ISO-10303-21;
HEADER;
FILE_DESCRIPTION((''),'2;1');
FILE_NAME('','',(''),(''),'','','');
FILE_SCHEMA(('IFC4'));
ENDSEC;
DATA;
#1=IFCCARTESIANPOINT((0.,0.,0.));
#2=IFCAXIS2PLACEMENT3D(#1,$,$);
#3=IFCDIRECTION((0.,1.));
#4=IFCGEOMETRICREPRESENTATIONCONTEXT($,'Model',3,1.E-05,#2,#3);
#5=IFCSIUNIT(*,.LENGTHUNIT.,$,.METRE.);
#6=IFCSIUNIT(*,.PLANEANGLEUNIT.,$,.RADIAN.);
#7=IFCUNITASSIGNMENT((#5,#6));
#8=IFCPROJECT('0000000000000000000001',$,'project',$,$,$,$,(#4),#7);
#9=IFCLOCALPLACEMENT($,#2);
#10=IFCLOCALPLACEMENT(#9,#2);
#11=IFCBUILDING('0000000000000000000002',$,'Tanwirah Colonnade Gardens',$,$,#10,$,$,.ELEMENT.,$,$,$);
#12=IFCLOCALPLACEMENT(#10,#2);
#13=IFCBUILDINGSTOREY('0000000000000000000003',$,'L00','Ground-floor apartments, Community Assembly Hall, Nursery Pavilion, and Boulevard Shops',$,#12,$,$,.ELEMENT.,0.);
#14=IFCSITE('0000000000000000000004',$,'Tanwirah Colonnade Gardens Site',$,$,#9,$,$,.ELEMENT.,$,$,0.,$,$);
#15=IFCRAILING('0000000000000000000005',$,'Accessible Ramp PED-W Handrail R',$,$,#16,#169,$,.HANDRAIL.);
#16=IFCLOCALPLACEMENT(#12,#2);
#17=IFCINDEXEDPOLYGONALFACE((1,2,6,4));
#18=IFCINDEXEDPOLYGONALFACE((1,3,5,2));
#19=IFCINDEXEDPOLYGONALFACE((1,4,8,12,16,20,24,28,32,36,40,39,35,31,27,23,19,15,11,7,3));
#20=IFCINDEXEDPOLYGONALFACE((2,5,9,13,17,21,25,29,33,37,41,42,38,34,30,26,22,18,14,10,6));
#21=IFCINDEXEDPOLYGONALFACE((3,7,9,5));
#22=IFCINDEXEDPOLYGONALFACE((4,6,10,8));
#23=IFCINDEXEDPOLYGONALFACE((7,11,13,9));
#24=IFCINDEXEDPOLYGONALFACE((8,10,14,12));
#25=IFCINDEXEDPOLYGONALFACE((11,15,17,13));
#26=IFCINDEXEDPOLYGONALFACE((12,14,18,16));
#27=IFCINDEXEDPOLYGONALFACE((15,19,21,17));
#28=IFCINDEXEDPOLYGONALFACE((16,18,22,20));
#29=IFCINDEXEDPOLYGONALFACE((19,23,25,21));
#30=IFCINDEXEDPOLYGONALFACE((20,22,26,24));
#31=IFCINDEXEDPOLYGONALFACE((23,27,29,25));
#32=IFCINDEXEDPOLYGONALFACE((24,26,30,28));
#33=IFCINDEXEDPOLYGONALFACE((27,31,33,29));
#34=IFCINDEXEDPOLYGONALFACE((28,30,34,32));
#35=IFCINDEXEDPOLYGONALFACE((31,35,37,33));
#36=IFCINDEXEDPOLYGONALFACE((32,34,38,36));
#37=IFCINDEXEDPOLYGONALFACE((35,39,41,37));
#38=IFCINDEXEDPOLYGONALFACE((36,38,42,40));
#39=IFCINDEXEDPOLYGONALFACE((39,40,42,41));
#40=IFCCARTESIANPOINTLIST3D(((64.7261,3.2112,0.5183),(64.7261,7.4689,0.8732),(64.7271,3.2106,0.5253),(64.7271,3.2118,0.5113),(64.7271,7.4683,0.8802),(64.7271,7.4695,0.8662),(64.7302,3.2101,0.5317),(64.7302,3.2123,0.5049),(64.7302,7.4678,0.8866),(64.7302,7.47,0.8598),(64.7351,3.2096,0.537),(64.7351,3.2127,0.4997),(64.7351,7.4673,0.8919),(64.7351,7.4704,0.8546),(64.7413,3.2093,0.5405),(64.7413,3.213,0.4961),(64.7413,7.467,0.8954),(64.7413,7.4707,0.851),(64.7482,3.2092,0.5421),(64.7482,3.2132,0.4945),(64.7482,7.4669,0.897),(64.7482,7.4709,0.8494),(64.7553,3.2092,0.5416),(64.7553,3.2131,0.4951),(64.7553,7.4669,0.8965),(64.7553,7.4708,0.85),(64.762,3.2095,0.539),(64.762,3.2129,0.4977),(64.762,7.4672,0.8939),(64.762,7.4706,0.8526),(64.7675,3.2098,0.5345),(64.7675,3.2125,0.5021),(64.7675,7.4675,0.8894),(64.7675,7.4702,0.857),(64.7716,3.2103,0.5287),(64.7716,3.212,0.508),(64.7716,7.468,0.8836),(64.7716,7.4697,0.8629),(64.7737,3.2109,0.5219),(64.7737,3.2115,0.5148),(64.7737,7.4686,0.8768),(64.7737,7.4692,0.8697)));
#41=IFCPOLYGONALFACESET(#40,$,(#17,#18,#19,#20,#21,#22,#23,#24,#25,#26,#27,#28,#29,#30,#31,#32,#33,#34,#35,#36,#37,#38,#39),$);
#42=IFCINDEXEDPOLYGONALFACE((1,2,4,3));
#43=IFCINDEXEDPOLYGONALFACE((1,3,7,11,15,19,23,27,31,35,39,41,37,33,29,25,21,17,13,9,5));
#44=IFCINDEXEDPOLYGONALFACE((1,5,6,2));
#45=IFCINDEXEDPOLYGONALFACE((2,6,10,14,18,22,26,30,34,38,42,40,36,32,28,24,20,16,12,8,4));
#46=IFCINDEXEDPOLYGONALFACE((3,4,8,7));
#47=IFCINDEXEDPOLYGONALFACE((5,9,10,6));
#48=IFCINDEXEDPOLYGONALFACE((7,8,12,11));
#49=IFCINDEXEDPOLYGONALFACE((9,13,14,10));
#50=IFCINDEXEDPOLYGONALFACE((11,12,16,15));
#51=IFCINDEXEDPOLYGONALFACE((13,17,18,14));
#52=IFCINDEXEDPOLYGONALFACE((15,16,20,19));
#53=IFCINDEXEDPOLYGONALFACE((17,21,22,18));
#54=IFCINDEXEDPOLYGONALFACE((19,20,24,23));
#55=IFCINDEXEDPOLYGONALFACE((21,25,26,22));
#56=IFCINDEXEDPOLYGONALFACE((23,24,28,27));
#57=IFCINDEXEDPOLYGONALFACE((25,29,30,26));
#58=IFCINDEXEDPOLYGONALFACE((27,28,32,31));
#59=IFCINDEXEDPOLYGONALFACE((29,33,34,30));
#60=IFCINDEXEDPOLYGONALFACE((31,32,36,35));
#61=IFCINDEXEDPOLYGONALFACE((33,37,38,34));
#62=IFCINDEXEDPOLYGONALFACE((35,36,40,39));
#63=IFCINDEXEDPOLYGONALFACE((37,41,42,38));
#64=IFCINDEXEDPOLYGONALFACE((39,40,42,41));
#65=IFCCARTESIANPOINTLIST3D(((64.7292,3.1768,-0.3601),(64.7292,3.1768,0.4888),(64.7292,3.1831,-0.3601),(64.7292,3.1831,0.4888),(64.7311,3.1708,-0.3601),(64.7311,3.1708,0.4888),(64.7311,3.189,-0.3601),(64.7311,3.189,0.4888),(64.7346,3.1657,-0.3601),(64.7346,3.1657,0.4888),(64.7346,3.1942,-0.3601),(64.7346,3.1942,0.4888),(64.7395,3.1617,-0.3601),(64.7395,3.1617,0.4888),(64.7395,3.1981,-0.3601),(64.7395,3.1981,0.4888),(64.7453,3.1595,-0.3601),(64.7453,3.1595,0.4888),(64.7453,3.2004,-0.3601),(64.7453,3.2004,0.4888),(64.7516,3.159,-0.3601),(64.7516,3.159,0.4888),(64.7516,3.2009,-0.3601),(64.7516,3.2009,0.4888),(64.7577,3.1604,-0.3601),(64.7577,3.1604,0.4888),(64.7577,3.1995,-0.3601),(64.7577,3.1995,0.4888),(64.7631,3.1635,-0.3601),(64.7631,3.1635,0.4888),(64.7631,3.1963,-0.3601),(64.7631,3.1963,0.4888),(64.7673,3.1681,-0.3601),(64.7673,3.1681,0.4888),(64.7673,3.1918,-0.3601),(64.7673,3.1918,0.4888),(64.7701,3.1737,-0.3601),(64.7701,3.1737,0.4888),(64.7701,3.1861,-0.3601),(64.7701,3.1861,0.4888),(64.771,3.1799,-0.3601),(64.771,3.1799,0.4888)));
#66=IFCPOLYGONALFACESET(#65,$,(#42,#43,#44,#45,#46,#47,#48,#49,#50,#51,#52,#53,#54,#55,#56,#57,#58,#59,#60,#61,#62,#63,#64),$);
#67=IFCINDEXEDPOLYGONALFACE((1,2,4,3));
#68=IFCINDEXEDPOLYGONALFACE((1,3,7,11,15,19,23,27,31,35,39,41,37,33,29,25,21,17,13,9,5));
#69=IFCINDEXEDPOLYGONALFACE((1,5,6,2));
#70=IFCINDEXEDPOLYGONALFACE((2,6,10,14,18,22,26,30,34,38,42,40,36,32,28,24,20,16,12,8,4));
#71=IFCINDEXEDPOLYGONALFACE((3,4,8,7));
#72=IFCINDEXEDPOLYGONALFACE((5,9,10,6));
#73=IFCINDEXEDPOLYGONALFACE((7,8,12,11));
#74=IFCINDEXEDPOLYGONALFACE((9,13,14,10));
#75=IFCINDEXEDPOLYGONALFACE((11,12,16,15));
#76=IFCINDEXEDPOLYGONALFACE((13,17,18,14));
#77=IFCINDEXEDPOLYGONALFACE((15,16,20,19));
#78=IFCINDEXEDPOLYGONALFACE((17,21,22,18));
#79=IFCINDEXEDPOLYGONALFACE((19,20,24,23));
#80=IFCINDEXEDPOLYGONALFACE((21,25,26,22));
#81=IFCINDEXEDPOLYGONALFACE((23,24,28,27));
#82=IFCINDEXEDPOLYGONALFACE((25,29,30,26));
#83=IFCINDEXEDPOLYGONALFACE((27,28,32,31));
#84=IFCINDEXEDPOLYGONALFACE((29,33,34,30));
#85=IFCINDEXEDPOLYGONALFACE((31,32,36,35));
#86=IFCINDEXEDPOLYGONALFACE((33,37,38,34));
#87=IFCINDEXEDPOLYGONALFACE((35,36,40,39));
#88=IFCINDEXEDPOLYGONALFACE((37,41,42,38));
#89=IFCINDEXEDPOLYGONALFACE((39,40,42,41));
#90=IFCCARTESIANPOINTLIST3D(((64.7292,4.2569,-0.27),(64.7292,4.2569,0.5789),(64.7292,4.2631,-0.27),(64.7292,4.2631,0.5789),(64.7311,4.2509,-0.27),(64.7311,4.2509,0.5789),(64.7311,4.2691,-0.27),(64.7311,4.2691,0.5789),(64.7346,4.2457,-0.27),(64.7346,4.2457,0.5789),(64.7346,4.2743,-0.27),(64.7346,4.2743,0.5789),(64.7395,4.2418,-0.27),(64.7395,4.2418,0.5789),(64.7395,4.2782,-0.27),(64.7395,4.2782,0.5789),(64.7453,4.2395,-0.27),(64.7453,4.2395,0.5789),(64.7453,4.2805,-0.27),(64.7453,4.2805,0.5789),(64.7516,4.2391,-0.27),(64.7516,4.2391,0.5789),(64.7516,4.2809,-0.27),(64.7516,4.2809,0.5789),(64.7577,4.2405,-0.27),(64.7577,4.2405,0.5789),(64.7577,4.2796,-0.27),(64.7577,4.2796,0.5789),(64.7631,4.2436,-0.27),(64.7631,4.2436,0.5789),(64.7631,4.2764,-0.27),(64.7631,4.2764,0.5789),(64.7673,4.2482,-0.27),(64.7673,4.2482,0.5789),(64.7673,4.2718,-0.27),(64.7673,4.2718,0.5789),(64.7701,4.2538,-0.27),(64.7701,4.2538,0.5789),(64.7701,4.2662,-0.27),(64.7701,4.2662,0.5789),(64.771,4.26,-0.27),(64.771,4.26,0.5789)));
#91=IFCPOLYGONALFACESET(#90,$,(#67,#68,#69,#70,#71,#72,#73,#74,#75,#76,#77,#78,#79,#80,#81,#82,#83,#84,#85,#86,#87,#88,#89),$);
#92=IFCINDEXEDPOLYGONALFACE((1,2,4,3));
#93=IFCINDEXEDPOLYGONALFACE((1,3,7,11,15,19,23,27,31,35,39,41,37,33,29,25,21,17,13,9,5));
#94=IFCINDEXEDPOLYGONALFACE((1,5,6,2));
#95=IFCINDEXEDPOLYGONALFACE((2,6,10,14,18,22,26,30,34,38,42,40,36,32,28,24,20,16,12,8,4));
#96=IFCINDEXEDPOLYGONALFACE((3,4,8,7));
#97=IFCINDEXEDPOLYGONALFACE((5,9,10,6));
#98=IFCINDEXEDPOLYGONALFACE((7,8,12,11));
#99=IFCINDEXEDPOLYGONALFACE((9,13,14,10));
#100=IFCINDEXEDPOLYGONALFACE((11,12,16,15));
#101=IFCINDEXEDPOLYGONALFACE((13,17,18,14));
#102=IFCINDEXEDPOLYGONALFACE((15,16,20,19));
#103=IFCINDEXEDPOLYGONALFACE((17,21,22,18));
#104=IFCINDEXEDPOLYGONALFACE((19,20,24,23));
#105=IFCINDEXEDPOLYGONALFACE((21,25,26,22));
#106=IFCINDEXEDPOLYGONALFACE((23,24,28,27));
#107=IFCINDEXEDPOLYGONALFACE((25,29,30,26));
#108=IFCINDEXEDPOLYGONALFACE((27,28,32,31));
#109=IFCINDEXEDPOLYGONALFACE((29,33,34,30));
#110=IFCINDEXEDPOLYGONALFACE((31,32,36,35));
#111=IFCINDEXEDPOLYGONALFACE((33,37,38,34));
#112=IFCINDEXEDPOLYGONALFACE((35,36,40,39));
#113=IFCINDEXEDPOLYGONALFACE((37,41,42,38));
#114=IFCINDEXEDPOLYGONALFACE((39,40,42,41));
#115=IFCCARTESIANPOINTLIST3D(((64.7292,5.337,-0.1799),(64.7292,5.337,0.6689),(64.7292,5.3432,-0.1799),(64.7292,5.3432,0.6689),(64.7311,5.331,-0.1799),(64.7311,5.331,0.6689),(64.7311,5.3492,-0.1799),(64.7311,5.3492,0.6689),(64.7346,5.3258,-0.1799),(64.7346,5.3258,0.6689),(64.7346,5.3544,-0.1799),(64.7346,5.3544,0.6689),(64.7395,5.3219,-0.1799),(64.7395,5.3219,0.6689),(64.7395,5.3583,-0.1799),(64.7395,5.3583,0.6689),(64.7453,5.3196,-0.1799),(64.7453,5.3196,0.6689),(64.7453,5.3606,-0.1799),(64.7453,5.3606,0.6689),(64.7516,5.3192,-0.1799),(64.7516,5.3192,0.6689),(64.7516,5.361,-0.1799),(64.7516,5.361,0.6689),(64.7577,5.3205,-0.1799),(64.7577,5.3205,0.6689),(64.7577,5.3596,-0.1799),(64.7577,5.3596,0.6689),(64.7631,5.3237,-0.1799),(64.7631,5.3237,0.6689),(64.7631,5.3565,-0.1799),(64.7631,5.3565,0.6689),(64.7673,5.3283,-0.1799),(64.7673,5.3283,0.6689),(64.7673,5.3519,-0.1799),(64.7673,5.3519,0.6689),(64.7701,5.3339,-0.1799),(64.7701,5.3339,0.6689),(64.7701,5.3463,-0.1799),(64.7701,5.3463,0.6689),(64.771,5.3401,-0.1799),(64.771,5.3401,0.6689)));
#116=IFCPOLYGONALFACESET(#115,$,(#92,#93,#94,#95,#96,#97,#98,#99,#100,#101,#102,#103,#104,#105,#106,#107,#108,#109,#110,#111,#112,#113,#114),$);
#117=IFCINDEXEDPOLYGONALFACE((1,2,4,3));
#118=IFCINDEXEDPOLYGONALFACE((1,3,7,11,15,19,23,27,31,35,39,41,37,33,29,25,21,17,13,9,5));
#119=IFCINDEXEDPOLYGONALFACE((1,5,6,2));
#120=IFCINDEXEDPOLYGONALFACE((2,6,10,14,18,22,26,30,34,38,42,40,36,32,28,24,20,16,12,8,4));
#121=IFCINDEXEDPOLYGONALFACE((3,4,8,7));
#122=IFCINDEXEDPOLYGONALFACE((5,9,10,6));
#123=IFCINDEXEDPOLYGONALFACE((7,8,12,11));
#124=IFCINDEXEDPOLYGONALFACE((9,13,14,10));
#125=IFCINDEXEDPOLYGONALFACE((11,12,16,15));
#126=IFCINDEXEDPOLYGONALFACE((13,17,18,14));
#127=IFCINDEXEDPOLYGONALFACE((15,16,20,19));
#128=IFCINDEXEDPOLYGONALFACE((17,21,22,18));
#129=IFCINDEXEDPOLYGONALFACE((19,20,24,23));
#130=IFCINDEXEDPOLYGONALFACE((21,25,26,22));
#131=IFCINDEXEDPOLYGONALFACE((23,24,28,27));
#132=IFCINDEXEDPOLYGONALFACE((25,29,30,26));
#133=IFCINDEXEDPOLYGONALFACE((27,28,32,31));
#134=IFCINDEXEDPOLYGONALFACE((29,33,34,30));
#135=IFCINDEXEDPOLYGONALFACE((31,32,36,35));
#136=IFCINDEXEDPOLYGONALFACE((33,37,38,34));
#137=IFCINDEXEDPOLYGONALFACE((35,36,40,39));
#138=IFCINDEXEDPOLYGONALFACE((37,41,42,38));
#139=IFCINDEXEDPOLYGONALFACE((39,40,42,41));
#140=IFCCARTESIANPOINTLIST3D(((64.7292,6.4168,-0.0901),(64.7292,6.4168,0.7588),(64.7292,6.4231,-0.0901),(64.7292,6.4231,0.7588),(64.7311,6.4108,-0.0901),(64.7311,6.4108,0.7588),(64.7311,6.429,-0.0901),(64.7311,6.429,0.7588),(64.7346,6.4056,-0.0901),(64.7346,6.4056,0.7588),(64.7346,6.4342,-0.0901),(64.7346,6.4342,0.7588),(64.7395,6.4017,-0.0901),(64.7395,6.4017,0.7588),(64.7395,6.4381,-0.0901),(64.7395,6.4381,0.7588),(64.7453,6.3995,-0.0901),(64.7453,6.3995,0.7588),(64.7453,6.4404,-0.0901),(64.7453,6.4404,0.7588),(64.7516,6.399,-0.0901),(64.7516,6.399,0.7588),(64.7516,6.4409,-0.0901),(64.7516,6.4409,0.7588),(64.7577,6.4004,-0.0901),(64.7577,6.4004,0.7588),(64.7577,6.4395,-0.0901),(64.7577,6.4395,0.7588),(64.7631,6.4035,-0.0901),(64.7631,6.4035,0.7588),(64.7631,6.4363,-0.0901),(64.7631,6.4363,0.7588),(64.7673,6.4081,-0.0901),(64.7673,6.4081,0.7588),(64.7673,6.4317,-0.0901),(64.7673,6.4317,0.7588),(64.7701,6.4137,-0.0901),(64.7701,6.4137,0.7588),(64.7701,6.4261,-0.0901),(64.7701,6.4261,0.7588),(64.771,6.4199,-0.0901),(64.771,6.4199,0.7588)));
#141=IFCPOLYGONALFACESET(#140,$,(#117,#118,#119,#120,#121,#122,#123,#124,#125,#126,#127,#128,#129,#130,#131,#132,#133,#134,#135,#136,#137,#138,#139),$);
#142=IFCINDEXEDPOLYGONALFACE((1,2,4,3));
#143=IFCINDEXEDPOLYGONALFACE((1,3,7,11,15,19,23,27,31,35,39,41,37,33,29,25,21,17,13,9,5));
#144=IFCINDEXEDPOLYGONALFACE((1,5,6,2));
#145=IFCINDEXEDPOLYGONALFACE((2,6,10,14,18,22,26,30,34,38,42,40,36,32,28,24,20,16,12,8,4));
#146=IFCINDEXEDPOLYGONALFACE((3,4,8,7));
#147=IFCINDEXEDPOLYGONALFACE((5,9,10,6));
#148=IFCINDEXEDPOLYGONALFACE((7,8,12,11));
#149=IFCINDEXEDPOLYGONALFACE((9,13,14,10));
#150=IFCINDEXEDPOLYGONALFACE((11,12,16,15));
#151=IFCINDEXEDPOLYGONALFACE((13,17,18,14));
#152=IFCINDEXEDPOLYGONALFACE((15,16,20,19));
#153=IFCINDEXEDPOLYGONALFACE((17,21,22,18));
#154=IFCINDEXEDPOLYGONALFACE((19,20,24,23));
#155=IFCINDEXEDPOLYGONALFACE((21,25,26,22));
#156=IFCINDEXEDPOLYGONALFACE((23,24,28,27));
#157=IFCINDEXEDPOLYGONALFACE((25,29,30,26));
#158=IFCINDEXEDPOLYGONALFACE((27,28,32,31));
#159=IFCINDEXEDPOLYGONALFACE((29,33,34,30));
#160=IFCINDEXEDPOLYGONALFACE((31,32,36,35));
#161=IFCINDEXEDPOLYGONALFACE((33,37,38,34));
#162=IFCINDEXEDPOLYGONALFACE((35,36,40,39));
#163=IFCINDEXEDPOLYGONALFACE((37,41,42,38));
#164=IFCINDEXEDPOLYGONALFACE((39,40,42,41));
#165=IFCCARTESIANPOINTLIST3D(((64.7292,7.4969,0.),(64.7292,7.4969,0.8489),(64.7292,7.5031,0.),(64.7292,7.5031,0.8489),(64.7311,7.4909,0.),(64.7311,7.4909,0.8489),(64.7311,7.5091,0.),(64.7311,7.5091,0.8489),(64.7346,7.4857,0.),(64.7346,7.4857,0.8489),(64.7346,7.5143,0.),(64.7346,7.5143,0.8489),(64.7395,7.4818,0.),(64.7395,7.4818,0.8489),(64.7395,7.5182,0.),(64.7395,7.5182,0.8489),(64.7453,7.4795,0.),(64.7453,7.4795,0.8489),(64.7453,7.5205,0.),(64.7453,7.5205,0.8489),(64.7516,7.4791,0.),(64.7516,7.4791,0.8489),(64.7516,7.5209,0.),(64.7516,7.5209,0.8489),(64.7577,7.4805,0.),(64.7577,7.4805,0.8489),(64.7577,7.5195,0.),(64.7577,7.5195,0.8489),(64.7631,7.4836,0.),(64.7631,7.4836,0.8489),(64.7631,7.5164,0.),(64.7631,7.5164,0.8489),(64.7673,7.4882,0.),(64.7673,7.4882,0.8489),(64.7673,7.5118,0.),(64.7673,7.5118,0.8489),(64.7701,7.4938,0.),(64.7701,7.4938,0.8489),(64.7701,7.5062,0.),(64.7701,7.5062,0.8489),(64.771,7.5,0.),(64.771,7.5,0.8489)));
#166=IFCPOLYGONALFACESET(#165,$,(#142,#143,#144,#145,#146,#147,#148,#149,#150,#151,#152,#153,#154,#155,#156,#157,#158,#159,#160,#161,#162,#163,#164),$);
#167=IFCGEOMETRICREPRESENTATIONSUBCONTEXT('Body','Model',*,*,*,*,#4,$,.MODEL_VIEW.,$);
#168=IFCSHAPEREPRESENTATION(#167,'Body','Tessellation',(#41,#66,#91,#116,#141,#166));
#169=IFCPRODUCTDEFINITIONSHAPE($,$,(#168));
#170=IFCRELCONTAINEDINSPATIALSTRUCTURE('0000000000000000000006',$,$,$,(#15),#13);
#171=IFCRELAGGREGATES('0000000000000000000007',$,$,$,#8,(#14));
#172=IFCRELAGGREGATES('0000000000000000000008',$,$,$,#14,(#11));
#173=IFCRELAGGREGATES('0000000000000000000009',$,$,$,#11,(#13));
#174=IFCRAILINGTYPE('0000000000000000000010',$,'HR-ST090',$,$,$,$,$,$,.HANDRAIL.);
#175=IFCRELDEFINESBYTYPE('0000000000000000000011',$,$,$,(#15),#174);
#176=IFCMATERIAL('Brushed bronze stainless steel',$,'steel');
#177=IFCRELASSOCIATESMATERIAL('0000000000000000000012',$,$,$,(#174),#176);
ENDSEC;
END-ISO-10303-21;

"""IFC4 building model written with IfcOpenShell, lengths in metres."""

from ifc_helpers import new_model, si_unit, direction, frame, origin, origin_2d, place, context, subcontext, project, spatial, circle, extrude, material, type_object, element, save


model = new_model("IFC4")

# Units and contexts
model_context = context("Model", 3, precision=1e-05, world=origin(), true_north=direction((0.0, 1.0)))
body_context = subcontext(model_context, "Body", "Model", "MODEL_VIEW")
ifc_project = project(units=[si_unit("LENGTHUNIT", "METRE"), si_unit("PLANEANGLEUNIT", "RADIAN")], contexts=[model_context])

# Site, building, storey
site_placement = place(None, origin())
site = spatial("IfcSite", under=ifc_project, at=site_placement, Name="Tanwirah Colonnade Gardens Site", CompositionType="ELEMENT", RefElevation=0.0)
building_placement = place(site_placement, origin())
building = spatial("IfcBuilding", under=site, at=building_placement, Name="Tanwirah Colonnade Gardens", CompositionType="ELEMENT")
storey_placement = place(building_placement, origin())
storey = spatial("IfcBuildingStorey", under=building, at=storey_placement, Name="L00", Description="Ground-floor apartments, Community Assembly Hall, Nursery Pavilion, and Boulevard Shops", CompositionType="ELEMENT", Elevation=0.0)

# Railing
ifc_material_1 = material(Name="Brushed bronze stainless steel", Category="steel")
railing_type = type_object("IfcRailingType", Name="HR-ST090", PredefinedType="HANDRAIL", material=ifc_material_1)
for number, where, name in (
    (1, (64.75, 3.1799, -0.3601), "Accessible Ramp PED-W Handrail R"),
):
    element("IfcRailing", number, at=place(storey_placement, frame(where)), inside=storey, type_object=railing_type, Name=name, PredefinedType="HANDRAIL", context=body_context, shape_type="SweptSolid", body=[
        extrude(circle(Radius=0.0239, at=origin_2d()), frame((0.0, 0.0312, 0.8784), z_axis=(0.0, 0.996544, 0.083069), x_axis=(-1.0, 0.0, 0.0)), (0.0, 0.0, 1.0), 4.2725),
        extrude(circle(Radius=0.021, at=origin_2d()), origin(), (0.0, 0.0, 1.0), 0.8489),
        extrude(circle(Radius=0.021, at=origin_2d()), frame((0.0, 1.0801, 0.0901)), (0.0, 0.0, 1.0), 0.8489),
        extrude(circle(Radius=0.021, at=origin_2d()), frame((0.0, 2.1602, 0.1802)), (0.0, 0.0, 1.0), 0.8489),
        extrude(circle(Radius=0.021, at=origin_2d()), frame((0.0, 3.24, 0.27)), (0.0, 0.0, 1.0), 0.8489),
        extrude(circle(Radius=0.021, at=origin_2d()), frame((0.0, 4.3201, 0.3601)), (0.0, 0.0, 1.0), 0.8489),
    ])

save(model, "model.ifc")
